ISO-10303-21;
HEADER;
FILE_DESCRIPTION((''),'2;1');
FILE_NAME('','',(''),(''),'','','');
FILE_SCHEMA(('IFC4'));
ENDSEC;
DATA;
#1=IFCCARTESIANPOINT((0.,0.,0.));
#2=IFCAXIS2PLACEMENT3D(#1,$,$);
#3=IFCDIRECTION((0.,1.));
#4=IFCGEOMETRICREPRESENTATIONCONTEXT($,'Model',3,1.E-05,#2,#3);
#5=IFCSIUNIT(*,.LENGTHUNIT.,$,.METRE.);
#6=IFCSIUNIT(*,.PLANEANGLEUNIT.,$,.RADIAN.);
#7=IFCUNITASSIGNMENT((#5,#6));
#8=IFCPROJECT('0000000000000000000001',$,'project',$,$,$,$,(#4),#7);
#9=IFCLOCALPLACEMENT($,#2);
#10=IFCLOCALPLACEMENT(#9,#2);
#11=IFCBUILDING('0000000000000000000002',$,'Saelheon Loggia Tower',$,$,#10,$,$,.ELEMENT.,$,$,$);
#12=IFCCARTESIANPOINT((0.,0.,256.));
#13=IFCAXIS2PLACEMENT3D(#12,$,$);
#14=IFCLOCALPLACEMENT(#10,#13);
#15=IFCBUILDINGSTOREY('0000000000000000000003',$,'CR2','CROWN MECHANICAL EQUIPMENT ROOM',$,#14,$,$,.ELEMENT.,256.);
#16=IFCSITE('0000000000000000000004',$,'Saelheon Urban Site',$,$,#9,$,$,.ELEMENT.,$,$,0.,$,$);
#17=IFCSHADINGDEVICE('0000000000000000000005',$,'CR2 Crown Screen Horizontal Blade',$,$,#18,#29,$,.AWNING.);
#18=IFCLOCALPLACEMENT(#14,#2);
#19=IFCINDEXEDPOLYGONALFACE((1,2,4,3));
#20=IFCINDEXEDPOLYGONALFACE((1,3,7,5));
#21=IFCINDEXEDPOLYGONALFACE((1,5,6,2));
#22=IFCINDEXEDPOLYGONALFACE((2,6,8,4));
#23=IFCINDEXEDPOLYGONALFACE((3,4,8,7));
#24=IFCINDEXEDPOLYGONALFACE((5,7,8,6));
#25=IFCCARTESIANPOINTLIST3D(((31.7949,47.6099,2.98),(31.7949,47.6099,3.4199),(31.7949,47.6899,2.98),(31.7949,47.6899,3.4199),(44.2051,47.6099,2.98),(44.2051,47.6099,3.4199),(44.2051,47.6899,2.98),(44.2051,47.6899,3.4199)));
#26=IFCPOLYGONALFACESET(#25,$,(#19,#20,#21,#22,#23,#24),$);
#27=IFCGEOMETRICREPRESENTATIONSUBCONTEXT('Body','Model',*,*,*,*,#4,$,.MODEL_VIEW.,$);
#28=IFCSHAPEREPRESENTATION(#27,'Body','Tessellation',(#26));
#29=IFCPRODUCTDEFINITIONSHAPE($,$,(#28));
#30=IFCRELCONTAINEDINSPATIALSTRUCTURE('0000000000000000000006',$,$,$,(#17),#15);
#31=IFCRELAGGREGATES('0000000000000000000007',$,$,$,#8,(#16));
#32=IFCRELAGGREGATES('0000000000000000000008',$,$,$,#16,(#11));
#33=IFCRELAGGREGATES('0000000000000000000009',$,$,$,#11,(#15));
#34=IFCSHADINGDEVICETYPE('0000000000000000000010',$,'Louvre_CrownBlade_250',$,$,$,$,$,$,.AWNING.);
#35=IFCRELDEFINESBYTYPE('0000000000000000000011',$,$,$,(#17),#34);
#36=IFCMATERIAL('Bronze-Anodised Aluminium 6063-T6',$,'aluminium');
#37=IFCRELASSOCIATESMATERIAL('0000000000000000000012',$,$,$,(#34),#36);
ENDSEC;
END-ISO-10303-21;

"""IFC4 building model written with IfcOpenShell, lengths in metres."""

from ifc_helpers import new_model, si_unit, direction, frame, origin, origin_2d, place, context, subcontext, project, spatial, rectangle, extrude, source, transform, mapped, material, material_profile, profile_set, type_object, element, save


model = new_model("IFC4")

# Units and contexts
model_context = context("Model", 3, precision=1e-05, world=origin(), true_north=direction((0.0, 1.0)))
body_context = subcontext(model_context, "Body", "Model", "MODEL_VIEW")
ifc_project = project(units=[si_unit("LENGTHUNIT", "METRE"), si_unit("PLANEANGLEUNIT", "RADIAN")], contexts=[model_context])

# Site, building, storey
site_placement = place(None, origin())
site = spatial("IfcSite", under=ifc_project, at=site_placement, Name="Saelheon Urban Site", CompositionType="ELEMENT", RefElevation=0.0)
building_placement = place(site_placement, origin())
building = spatial("IfcBuilding", under=site, at=building_placement, Name="Saelheon Loggia Tower", CompositionType="ELEMENT")
storey_placement = place(building_placement, frame((0.0, 0.0, 256.0)))
storey = spatial("IfcBuildingStorey", under=building, at=storey_placement, Name="CR2", Description="CROWN MECHANICAL EQUIPMENT ROOM", CompositionType="ELEMENT", Elevation=256.0)

# Shared definitions
ifc_material_1 = material(Name="Bronze-Anodised Aluminium 6063-T6", Category="aluminium")

# Shading device
ifc_material_profile_1 = material_profile(ifc_material_1, rectangle(XDim=0.0801, YDim=0.4399, at=origin_2d()), Name="Louvre_CrownBlade_250")
ifc_profile_set_1 = profile_set([ifc_material_profile_1], Name="Bronze-Anodised Aluminium 6063-T6")
shading_device_type = type_object("IfcShadingDeviceType", Name="Louvre_CrownBlade_250", PredefinedType="AWNING", material=ifc_profile_set_1)
shared_shape_1 = source(origin(), body_context, "Body", "SweptSolid", [
    extrude(rectangle(XDim=0.0801, YDim=0.4399, at=origin_2d()), origin(), (0.0, 0.0, 1.0), 12.4102),
])
for number, where, z_axis, x_axis, name in (
    (1, (44.2051, 47.6499, 3.2), (-1.0, 0.0, 0.0), (0.0, -1.0, 0.0), "CR2 Crown Screen Horizontal Blade"),
):
    element("IfcShadingDevice", number, at=place(storey_placement, frame(where, z_axis=z_axis, x_axis=x_axis)), inside=storey, type_object=shading_device_type, Name=name, PredefinedType="AWNING", context=body_context, shape_type="MappedRepresentation", body=[
        mapped(shared_shape_1, transform((0.0, 0.0, 0.0), scale=1.0)),
    ])

save(model, "model.ifc")
